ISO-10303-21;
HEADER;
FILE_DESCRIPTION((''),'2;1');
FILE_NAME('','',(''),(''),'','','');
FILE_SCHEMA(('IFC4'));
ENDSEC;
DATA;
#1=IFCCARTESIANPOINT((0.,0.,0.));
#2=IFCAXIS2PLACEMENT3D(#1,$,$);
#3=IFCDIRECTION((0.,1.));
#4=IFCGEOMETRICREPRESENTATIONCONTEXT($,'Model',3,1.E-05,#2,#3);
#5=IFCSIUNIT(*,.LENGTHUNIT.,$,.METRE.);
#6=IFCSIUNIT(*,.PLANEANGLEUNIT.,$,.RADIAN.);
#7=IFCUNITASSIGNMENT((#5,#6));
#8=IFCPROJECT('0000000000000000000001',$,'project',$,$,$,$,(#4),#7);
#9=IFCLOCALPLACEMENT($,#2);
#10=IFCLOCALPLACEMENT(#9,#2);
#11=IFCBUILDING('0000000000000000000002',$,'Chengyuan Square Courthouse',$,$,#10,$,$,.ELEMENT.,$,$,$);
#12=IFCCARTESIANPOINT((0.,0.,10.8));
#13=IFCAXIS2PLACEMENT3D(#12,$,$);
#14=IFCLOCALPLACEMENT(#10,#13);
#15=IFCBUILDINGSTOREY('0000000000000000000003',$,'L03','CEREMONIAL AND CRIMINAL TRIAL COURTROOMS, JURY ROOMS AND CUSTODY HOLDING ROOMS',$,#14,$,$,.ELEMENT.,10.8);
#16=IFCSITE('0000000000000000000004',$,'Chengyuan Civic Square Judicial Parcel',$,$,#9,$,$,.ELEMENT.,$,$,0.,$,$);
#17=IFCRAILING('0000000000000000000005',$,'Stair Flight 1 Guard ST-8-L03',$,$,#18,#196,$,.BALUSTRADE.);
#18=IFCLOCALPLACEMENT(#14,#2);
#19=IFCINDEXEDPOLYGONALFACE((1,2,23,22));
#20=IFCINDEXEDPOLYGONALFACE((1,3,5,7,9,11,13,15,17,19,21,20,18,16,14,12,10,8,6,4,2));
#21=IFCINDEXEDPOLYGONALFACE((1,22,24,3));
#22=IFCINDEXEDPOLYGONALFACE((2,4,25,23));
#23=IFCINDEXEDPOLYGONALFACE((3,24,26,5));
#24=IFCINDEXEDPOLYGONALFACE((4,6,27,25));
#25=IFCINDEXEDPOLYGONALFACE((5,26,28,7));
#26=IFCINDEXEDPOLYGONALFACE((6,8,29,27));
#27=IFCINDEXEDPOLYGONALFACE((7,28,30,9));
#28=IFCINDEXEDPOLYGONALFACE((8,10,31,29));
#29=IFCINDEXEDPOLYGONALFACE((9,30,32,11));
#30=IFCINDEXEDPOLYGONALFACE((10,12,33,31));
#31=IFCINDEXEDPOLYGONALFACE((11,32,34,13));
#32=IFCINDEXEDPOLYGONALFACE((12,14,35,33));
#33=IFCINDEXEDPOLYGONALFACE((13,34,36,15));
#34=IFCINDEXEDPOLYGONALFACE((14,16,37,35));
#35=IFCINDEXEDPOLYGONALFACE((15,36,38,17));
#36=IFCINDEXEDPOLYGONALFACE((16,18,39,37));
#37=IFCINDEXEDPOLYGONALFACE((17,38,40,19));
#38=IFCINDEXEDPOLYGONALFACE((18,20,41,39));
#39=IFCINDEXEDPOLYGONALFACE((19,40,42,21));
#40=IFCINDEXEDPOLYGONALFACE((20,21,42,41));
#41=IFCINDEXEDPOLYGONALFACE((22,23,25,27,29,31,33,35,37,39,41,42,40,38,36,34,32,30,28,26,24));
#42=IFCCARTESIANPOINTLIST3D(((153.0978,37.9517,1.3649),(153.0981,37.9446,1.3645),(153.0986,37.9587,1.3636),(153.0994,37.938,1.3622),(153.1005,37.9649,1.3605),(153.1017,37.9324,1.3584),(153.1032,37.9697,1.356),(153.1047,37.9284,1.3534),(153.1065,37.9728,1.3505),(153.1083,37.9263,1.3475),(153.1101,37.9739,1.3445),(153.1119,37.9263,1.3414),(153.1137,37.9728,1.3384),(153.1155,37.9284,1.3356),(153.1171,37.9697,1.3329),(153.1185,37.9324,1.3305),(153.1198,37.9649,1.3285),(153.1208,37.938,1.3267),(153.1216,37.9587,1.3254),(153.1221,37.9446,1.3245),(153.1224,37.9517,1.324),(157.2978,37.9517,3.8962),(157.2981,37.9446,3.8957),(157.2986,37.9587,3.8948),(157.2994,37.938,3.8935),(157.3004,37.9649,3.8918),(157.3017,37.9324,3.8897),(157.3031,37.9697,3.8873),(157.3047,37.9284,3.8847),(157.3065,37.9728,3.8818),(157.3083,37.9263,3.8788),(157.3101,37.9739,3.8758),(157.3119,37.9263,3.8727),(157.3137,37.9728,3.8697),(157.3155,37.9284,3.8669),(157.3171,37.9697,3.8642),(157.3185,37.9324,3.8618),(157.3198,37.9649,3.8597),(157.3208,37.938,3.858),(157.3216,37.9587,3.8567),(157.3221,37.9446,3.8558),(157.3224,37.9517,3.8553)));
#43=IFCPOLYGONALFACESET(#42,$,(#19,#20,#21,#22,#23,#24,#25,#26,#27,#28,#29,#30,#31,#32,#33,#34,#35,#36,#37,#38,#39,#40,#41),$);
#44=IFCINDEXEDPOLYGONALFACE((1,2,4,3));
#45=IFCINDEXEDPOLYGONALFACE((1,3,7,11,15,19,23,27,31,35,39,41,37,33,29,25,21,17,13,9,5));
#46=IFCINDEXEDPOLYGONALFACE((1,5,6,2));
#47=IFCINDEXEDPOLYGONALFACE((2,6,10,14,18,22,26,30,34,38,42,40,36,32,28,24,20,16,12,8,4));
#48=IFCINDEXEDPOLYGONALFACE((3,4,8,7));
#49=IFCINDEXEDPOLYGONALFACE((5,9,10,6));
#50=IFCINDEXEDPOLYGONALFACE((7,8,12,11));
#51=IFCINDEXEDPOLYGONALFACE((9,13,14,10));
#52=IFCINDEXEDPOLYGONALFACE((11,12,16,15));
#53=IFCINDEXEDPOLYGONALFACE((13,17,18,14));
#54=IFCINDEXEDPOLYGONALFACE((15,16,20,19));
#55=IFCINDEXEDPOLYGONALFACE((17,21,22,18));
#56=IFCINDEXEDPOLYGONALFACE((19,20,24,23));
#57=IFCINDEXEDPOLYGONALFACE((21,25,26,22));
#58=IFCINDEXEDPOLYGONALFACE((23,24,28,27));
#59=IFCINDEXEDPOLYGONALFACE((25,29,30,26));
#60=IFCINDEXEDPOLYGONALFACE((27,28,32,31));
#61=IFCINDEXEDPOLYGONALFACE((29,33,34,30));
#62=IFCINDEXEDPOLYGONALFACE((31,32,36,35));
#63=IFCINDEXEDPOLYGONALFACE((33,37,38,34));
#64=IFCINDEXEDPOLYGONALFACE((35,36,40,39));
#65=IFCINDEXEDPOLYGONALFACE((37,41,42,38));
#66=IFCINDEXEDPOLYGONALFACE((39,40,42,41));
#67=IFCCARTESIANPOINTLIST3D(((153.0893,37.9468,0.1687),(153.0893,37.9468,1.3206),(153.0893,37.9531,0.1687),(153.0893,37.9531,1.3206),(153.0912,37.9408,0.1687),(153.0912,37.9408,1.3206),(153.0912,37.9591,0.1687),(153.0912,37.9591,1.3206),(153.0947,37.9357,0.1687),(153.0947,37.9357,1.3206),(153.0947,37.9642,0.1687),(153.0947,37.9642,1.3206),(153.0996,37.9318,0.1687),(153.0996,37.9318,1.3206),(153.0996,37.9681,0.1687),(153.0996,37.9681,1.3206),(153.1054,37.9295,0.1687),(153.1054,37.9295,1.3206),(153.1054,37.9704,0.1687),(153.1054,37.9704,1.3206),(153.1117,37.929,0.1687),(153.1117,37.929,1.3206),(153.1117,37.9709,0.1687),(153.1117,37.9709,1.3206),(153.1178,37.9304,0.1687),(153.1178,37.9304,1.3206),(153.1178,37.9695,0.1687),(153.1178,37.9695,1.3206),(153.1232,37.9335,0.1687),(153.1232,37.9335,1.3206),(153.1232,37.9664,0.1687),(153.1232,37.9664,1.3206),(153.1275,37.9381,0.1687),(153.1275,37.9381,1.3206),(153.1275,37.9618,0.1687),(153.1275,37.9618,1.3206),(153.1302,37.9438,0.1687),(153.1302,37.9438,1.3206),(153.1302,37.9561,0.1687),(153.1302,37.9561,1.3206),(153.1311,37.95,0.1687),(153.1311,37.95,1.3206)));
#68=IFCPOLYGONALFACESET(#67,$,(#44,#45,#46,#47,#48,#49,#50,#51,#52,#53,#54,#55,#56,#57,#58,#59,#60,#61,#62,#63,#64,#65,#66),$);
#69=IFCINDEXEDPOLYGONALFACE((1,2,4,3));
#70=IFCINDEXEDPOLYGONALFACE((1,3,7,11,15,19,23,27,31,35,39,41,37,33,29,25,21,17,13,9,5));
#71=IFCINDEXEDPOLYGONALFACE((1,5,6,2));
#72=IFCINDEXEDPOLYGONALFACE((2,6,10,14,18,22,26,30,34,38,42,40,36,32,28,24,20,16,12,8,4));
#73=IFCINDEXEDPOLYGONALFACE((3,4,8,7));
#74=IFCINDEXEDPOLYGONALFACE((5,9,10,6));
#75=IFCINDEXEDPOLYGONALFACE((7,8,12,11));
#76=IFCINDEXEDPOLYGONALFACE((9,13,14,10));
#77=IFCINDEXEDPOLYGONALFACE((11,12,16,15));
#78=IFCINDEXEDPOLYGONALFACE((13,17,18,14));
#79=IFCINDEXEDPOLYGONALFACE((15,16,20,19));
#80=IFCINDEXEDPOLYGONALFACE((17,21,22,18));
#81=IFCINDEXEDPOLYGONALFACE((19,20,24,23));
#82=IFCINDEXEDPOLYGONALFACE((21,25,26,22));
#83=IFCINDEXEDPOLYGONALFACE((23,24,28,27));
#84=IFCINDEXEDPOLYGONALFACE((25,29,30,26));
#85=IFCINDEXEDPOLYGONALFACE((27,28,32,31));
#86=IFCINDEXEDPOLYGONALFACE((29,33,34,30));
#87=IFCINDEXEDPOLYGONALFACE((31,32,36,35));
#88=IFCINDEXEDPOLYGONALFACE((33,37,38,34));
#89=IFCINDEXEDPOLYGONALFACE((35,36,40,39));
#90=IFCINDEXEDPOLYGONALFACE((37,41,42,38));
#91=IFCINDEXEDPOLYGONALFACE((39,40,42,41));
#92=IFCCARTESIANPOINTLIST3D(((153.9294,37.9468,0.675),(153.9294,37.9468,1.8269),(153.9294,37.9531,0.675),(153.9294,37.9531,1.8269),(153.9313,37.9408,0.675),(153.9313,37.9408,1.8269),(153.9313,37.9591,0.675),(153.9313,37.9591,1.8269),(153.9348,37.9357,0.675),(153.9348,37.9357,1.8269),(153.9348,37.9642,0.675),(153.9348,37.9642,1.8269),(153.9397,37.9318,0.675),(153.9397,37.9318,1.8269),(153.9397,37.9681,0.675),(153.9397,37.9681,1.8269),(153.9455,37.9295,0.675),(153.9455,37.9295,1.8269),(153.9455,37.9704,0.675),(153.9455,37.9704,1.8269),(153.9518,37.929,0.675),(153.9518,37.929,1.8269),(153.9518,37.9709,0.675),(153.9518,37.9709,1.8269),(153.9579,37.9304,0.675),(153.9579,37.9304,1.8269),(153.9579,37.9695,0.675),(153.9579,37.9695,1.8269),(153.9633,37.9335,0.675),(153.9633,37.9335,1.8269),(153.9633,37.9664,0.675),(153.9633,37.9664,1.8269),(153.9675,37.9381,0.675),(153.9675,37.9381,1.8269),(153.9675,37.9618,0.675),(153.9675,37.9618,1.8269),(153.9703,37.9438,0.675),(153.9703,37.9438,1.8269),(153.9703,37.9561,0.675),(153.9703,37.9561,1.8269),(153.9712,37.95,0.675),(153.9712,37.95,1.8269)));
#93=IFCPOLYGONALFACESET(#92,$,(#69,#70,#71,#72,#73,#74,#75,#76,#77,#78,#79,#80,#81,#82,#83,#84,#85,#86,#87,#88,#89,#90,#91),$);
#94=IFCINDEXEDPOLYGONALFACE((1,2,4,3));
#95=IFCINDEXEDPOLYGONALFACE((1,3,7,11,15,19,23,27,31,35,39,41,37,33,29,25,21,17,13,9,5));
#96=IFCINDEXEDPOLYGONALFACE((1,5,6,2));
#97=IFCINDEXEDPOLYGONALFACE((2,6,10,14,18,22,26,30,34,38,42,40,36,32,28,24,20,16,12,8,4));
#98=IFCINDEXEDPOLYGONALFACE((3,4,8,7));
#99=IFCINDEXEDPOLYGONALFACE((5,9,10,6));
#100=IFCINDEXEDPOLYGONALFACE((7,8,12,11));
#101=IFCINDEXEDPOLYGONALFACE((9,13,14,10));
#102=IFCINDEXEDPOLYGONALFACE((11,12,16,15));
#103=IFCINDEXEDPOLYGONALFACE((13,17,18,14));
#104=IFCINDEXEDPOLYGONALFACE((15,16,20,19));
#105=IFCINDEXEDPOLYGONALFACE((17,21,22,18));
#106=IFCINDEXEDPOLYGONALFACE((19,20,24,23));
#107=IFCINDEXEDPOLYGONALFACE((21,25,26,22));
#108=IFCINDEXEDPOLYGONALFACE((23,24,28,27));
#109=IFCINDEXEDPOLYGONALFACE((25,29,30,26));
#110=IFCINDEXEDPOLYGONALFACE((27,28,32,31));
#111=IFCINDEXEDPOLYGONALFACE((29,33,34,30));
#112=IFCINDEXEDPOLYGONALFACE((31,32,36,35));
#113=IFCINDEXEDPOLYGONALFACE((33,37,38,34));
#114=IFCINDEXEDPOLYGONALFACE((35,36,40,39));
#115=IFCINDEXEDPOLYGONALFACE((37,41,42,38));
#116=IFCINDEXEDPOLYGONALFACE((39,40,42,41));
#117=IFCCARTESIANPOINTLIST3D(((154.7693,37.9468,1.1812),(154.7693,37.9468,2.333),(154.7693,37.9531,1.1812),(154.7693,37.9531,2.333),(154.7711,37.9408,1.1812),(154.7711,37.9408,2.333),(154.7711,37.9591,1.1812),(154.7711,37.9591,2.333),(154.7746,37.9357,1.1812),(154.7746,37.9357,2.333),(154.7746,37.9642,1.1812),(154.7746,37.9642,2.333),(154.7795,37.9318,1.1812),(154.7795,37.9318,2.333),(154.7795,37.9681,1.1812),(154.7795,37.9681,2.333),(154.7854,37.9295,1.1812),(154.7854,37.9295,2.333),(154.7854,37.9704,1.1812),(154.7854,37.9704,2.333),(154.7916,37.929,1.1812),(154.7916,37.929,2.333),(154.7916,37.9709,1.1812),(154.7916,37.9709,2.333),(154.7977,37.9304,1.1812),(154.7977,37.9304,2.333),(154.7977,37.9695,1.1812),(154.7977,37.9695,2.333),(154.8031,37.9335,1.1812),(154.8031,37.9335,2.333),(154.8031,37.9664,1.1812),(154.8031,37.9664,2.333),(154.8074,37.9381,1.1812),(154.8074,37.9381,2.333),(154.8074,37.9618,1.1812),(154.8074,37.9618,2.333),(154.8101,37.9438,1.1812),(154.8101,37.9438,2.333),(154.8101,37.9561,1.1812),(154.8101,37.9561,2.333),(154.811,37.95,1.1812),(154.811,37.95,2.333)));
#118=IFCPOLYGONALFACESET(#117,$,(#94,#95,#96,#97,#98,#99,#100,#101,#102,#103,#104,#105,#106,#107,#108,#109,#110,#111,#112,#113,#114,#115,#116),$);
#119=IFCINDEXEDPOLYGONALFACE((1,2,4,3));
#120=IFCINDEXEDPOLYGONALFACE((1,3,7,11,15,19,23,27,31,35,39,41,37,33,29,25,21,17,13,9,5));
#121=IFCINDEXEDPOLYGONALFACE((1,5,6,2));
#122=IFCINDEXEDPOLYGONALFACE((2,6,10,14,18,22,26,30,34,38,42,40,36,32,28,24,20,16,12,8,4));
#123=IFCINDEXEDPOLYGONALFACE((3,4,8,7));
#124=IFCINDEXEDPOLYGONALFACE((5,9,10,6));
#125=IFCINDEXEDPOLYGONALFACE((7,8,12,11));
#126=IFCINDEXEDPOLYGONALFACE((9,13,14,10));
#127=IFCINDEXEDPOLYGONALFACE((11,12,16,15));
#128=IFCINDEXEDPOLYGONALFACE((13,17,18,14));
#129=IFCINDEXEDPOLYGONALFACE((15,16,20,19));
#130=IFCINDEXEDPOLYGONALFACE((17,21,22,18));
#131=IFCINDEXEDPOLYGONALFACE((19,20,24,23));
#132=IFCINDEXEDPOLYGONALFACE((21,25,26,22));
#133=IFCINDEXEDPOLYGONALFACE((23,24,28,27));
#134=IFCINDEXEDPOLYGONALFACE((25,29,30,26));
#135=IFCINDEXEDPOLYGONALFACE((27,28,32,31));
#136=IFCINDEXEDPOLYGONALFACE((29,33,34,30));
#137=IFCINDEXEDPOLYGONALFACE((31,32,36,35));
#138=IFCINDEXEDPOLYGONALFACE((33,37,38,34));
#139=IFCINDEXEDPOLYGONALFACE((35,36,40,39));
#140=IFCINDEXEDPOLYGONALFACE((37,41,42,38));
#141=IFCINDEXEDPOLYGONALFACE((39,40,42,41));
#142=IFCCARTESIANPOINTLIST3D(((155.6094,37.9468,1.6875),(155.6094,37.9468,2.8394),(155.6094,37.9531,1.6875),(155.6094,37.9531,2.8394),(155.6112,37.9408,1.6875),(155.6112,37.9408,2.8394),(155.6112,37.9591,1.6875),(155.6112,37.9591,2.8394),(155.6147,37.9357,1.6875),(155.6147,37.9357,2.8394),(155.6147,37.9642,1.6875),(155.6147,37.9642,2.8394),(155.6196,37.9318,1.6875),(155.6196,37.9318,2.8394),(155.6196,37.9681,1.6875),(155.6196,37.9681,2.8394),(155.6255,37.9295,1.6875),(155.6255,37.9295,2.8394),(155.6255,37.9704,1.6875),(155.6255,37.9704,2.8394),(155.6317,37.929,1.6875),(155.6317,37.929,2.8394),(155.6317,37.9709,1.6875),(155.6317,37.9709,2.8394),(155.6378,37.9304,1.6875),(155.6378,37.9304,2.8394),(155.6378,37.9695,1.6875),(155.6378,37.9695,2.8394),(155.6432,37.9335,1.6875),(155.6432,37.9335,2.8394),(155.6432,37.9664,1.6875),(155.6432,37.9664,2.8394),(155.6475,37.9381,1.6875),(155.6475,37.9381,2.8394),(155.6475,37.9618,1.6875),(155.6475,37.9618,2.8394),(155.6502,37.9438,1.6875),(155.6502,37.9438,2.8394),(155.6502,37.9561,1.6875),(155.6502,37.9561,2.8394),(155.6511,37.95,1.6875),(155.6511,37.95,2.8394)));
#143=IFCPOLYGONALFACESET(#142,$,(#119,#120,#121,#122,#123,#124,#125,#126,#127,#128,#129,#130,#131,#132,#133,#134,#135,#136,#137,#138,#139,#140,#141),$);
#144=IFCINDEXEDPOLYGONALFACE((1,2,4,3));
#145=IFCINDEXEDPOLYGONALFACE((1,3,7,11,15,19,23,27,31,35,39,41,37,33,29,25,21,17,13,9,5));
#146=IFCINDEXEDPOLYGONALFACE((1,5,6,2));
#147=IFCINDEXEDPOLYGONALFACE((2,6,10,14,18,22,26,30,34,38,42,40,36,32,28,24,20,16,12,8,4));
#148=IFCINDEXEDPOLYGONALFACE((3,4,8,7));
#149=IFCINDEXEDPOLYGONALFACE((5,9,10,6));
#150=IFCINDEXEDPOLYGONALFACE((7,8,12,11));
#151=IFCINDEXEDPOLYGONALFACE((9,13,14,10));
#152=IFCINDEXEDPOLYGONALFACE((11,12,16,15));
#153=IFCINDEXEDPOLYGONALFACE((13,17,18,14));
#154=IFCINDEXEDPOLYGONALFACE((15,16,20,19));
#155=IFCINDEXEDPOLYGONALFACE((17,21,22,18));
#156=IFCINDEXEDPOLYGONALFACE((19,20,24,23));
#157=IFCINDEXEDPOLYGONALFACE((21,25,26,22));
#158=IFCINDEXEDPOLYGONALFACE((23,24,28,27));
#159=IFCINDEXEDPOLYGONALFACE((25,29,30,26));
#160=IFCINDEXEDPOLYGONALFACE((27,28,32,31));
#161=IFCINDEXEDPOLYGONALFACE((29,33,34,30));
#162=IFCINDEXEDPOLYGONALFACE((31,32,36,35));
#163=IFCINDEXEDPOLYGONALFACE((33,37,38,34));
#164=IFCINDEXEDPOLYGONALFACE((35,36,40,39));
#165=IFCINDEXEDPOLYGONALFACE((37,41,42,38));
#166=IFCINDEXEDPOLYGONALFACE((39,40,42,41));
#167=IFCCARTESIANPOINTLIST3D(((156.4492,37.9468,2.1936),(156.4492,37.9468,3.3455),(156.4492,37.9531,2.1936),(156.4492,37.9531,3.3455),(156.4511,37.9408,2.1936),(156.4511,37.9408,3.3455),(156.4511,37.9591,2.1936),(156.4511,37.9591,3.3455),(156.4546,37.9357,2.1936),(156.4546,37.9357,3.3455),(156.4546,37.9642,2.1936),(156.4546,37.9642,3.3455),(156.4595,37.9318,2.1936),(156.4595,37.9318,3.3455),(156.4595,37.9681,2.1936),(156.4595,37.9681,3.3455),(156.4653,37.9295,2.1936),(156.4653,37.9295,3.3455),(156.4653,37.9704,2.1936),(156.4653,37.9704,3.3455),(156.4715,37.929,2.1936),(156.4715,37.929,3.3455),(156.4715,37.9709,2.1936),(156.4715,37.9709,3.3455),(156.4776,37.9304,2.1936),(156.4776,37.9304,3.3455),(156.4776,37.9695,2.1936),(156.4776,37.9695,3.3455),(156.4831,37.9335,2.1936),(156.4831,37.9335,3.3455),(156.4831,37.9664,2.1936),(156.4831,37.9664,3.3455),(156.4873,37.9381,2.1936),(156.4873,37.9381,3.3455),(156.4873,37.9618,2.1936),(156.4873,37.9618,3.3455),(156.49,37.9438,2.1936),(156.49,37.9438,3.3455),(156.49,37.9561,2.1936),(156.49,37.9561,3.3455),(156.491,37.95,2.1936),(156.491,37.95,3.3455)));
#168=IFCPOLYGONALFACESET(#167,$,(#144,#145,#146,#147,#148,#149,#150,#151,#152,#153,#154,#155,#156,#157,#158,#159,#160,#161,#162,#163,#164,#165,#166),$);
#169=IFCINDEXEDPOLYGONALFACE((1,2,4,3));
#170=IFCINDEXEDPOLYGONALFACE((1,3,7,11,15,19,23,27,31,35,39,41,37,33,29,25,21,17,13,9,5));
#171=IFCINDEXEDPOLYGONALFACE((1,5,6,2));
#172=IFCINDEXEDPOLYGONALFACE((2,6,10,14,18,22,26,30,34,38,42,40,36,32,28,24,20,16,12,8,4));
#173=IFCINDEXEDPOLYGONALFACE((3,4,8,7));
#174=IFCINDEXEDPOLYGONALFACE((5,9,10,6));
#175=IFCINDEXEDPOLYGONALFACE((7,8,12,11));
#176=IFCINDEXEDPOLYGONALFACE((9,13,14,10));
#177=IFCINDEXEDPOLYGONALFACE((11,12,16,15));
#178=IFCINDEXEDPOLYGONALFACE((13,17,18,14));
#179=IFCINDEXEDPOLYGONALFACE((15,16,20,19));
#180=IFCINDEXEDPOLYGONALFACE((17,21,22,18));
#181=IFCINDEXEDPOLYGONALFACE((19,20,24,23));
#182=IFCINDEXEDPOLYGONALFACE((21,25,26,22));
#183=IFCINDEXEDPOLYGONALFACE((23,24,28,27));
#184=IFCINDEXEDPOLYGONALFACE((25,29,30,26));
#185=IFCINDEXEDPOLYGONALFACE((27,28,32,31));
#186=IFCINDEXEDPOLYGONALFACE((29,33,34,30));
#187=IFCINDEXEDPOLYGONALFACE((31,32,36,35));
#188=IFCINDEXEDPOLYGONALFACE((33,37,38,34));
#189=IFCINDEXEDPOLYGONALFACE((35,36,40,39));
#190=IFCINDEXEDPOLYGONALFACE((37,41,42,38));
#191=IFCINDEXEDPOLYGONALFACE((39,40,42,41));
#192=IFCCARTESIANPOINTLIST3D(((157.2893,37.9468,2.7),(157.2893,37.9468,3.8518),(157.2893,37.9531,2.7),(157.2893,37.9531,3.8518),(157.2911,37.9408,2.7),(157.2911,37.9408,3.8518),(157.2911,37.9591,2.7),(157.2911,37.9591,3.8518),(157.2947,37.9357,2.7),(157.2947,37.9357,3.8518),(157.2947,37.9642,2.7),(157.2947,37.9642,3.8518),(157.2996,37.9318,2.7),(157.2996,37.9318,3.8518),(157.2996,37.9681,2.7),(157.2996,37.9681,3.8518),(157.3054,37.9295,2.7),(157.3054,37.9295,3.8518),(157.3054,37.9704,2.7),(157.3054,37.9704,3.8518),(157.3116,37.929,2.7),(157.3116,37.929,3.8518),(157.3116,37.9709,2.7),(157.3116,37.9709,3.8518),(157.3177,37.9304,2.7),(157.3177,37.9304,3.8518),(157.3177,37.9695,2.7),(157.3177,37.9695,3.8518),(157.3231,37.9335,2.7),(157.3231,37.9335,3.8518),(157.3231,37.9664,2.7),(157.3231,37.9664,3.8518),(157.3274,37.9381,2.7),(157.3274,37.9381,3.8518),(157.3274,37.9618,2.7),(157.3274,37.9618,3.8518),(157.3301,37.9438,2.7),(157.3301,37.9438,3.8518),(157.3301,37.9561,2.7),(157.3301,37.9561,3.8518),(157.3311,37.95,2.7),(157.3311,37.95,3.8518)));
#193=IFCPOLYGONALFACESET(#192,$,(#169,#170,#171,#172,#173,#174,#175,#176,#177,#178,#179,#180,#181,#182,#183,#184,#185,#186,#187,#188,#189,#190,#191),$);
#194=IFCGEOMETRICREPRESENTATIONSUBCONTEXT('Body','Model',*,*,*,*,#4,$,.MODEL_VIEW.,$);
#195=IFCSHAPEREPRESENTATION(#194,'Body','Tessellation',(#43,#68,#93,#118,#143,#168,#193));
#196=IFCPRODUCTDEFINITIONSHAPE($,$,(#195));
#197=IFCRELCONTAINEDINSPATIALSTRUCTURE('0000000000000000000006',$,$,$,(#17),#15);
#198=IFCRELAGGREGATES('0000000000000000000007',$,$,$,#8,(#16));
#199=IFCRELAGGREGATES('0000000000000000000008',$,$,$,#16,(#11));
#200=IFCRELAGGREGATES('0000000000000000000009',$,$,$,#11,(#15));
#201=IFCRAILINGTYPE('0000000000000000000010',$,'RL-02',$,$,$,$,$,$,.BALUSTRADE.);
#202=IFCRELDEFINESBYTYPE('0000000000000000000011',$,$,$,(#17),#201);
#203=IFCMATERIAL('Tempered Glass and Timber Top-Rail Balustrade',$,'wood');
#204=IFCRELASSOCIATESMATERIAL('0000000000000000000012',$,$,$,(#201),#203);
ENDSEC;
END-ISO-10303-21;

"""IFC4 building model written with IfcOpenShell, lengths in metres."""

from ifc_helpers import new_model, si_unit, direction, frame, origin, origin_2d, place, context, subcontext, project, spatial, circle, extrude, material, type_object, element, save


model = new_model("IFC4")

# Units and contexts
model_context = context("Model", 3, precision=1e-05, world=origin(), true_north=direction((0.0, 1.0)))
body_context = subcontext(model_context, "Body", "Model", "MODEL_VIEW")
ifc_project = project(units=[si_unit("LENGTHUNIT", "METRE"), si_unit("PLANEANGLEUNIT", "RADIAN")], contexts=[model_context])

# Site, building, storey
site_placement = place(None, origin())
site = spatial("IfcSite", under=ifc_project, at=site_placement, Name="Chengyuan Civic Square Judicial Parcel", CompositionType="ELEMENT", RefElevation=0.0)
building_placement = place(site_placement, origin())
building = spatial("IfcBuilding", under=site, at=building_placement, Name="Chengyuan Square Courthouse", CompositionType="ELEMENT")
storey_placement = place(building_placement, frame((0.0, 0.0, 10.8)))
storey = spatial("IfcBuildingStorey", under=building, at=storey_placement, Name="L03", Description="CEREMONIAL AND CRIMINAL TRIAL COURTROOMS, JURY ROOMS AND CUSTODY HOLDING ROOMS", CompositionType="ELEMENT", Elevation=10.8)

# Railing
ifc_material_1 = material(Name="Tempered Glass and Timber Top-Rail Balustrade", Category="wood")
railing_type_1 = type_object("IfcRailingType", Name="RL-02", PredefinedType="BALUSTRADE", material=ifc_material_1)
railing_1_placement = place(storey_placement, frame((153.1101, 37.95, 0.1687)))
element("IfcRailing", 1, at=railing_1_placement, inside=storey, type_object=railing_type_1, Name="Stair Flight 1 Guard ST-8-L03", PredefinedType="BALUSTRADE", context=body_context, shape_type="SweptSolid", body=[
    extrude(circle(Radius=0.0239, at=origin_2d()), frame((0.0, 0.0, 1.1758), z_axis=(0.856476, 0.0, 0.516186), x_axis=(0.0, 1.0, 0.0)), (0.0, 0.0, 1.0), 4.9038),
    extrude(circle(Radius=0.021, at=origin_2d()), origin(), (0.0, 0.0, 1.0), 1.1519),
    extrude(circle(Radius=0.021, at=origin_2d()), frame((0.8401, 0.0, 0.5063)), (0.0, 0.0, 1.0), 1.1519),
    extrude(circle(Radius=0.021, at=origin_2d()), frame((1.6799, 0.0, 1.0125)), (0.0, 0.0, 1.0), 1.1519),
    extrude(circle(Radius=0.021, at=origin_2d()), frame((2.52, 0.0, 1.5188)), (0.0, 0.0, 1.0), 1.1519),
    extrude(circle(Radius=0.021, at=origin_2d()), frame((3.3599, 0.0, 2.0249)), (0.0, 0.0, 1.0), 1.1519),
    extrude(circle(Radius=0.021, at=origin_2d()), frame((4.2, 0.0, 2.5312)), (0.0, 0.0, 1.0), 1.1519),
])

save(model, "model.ifc")
